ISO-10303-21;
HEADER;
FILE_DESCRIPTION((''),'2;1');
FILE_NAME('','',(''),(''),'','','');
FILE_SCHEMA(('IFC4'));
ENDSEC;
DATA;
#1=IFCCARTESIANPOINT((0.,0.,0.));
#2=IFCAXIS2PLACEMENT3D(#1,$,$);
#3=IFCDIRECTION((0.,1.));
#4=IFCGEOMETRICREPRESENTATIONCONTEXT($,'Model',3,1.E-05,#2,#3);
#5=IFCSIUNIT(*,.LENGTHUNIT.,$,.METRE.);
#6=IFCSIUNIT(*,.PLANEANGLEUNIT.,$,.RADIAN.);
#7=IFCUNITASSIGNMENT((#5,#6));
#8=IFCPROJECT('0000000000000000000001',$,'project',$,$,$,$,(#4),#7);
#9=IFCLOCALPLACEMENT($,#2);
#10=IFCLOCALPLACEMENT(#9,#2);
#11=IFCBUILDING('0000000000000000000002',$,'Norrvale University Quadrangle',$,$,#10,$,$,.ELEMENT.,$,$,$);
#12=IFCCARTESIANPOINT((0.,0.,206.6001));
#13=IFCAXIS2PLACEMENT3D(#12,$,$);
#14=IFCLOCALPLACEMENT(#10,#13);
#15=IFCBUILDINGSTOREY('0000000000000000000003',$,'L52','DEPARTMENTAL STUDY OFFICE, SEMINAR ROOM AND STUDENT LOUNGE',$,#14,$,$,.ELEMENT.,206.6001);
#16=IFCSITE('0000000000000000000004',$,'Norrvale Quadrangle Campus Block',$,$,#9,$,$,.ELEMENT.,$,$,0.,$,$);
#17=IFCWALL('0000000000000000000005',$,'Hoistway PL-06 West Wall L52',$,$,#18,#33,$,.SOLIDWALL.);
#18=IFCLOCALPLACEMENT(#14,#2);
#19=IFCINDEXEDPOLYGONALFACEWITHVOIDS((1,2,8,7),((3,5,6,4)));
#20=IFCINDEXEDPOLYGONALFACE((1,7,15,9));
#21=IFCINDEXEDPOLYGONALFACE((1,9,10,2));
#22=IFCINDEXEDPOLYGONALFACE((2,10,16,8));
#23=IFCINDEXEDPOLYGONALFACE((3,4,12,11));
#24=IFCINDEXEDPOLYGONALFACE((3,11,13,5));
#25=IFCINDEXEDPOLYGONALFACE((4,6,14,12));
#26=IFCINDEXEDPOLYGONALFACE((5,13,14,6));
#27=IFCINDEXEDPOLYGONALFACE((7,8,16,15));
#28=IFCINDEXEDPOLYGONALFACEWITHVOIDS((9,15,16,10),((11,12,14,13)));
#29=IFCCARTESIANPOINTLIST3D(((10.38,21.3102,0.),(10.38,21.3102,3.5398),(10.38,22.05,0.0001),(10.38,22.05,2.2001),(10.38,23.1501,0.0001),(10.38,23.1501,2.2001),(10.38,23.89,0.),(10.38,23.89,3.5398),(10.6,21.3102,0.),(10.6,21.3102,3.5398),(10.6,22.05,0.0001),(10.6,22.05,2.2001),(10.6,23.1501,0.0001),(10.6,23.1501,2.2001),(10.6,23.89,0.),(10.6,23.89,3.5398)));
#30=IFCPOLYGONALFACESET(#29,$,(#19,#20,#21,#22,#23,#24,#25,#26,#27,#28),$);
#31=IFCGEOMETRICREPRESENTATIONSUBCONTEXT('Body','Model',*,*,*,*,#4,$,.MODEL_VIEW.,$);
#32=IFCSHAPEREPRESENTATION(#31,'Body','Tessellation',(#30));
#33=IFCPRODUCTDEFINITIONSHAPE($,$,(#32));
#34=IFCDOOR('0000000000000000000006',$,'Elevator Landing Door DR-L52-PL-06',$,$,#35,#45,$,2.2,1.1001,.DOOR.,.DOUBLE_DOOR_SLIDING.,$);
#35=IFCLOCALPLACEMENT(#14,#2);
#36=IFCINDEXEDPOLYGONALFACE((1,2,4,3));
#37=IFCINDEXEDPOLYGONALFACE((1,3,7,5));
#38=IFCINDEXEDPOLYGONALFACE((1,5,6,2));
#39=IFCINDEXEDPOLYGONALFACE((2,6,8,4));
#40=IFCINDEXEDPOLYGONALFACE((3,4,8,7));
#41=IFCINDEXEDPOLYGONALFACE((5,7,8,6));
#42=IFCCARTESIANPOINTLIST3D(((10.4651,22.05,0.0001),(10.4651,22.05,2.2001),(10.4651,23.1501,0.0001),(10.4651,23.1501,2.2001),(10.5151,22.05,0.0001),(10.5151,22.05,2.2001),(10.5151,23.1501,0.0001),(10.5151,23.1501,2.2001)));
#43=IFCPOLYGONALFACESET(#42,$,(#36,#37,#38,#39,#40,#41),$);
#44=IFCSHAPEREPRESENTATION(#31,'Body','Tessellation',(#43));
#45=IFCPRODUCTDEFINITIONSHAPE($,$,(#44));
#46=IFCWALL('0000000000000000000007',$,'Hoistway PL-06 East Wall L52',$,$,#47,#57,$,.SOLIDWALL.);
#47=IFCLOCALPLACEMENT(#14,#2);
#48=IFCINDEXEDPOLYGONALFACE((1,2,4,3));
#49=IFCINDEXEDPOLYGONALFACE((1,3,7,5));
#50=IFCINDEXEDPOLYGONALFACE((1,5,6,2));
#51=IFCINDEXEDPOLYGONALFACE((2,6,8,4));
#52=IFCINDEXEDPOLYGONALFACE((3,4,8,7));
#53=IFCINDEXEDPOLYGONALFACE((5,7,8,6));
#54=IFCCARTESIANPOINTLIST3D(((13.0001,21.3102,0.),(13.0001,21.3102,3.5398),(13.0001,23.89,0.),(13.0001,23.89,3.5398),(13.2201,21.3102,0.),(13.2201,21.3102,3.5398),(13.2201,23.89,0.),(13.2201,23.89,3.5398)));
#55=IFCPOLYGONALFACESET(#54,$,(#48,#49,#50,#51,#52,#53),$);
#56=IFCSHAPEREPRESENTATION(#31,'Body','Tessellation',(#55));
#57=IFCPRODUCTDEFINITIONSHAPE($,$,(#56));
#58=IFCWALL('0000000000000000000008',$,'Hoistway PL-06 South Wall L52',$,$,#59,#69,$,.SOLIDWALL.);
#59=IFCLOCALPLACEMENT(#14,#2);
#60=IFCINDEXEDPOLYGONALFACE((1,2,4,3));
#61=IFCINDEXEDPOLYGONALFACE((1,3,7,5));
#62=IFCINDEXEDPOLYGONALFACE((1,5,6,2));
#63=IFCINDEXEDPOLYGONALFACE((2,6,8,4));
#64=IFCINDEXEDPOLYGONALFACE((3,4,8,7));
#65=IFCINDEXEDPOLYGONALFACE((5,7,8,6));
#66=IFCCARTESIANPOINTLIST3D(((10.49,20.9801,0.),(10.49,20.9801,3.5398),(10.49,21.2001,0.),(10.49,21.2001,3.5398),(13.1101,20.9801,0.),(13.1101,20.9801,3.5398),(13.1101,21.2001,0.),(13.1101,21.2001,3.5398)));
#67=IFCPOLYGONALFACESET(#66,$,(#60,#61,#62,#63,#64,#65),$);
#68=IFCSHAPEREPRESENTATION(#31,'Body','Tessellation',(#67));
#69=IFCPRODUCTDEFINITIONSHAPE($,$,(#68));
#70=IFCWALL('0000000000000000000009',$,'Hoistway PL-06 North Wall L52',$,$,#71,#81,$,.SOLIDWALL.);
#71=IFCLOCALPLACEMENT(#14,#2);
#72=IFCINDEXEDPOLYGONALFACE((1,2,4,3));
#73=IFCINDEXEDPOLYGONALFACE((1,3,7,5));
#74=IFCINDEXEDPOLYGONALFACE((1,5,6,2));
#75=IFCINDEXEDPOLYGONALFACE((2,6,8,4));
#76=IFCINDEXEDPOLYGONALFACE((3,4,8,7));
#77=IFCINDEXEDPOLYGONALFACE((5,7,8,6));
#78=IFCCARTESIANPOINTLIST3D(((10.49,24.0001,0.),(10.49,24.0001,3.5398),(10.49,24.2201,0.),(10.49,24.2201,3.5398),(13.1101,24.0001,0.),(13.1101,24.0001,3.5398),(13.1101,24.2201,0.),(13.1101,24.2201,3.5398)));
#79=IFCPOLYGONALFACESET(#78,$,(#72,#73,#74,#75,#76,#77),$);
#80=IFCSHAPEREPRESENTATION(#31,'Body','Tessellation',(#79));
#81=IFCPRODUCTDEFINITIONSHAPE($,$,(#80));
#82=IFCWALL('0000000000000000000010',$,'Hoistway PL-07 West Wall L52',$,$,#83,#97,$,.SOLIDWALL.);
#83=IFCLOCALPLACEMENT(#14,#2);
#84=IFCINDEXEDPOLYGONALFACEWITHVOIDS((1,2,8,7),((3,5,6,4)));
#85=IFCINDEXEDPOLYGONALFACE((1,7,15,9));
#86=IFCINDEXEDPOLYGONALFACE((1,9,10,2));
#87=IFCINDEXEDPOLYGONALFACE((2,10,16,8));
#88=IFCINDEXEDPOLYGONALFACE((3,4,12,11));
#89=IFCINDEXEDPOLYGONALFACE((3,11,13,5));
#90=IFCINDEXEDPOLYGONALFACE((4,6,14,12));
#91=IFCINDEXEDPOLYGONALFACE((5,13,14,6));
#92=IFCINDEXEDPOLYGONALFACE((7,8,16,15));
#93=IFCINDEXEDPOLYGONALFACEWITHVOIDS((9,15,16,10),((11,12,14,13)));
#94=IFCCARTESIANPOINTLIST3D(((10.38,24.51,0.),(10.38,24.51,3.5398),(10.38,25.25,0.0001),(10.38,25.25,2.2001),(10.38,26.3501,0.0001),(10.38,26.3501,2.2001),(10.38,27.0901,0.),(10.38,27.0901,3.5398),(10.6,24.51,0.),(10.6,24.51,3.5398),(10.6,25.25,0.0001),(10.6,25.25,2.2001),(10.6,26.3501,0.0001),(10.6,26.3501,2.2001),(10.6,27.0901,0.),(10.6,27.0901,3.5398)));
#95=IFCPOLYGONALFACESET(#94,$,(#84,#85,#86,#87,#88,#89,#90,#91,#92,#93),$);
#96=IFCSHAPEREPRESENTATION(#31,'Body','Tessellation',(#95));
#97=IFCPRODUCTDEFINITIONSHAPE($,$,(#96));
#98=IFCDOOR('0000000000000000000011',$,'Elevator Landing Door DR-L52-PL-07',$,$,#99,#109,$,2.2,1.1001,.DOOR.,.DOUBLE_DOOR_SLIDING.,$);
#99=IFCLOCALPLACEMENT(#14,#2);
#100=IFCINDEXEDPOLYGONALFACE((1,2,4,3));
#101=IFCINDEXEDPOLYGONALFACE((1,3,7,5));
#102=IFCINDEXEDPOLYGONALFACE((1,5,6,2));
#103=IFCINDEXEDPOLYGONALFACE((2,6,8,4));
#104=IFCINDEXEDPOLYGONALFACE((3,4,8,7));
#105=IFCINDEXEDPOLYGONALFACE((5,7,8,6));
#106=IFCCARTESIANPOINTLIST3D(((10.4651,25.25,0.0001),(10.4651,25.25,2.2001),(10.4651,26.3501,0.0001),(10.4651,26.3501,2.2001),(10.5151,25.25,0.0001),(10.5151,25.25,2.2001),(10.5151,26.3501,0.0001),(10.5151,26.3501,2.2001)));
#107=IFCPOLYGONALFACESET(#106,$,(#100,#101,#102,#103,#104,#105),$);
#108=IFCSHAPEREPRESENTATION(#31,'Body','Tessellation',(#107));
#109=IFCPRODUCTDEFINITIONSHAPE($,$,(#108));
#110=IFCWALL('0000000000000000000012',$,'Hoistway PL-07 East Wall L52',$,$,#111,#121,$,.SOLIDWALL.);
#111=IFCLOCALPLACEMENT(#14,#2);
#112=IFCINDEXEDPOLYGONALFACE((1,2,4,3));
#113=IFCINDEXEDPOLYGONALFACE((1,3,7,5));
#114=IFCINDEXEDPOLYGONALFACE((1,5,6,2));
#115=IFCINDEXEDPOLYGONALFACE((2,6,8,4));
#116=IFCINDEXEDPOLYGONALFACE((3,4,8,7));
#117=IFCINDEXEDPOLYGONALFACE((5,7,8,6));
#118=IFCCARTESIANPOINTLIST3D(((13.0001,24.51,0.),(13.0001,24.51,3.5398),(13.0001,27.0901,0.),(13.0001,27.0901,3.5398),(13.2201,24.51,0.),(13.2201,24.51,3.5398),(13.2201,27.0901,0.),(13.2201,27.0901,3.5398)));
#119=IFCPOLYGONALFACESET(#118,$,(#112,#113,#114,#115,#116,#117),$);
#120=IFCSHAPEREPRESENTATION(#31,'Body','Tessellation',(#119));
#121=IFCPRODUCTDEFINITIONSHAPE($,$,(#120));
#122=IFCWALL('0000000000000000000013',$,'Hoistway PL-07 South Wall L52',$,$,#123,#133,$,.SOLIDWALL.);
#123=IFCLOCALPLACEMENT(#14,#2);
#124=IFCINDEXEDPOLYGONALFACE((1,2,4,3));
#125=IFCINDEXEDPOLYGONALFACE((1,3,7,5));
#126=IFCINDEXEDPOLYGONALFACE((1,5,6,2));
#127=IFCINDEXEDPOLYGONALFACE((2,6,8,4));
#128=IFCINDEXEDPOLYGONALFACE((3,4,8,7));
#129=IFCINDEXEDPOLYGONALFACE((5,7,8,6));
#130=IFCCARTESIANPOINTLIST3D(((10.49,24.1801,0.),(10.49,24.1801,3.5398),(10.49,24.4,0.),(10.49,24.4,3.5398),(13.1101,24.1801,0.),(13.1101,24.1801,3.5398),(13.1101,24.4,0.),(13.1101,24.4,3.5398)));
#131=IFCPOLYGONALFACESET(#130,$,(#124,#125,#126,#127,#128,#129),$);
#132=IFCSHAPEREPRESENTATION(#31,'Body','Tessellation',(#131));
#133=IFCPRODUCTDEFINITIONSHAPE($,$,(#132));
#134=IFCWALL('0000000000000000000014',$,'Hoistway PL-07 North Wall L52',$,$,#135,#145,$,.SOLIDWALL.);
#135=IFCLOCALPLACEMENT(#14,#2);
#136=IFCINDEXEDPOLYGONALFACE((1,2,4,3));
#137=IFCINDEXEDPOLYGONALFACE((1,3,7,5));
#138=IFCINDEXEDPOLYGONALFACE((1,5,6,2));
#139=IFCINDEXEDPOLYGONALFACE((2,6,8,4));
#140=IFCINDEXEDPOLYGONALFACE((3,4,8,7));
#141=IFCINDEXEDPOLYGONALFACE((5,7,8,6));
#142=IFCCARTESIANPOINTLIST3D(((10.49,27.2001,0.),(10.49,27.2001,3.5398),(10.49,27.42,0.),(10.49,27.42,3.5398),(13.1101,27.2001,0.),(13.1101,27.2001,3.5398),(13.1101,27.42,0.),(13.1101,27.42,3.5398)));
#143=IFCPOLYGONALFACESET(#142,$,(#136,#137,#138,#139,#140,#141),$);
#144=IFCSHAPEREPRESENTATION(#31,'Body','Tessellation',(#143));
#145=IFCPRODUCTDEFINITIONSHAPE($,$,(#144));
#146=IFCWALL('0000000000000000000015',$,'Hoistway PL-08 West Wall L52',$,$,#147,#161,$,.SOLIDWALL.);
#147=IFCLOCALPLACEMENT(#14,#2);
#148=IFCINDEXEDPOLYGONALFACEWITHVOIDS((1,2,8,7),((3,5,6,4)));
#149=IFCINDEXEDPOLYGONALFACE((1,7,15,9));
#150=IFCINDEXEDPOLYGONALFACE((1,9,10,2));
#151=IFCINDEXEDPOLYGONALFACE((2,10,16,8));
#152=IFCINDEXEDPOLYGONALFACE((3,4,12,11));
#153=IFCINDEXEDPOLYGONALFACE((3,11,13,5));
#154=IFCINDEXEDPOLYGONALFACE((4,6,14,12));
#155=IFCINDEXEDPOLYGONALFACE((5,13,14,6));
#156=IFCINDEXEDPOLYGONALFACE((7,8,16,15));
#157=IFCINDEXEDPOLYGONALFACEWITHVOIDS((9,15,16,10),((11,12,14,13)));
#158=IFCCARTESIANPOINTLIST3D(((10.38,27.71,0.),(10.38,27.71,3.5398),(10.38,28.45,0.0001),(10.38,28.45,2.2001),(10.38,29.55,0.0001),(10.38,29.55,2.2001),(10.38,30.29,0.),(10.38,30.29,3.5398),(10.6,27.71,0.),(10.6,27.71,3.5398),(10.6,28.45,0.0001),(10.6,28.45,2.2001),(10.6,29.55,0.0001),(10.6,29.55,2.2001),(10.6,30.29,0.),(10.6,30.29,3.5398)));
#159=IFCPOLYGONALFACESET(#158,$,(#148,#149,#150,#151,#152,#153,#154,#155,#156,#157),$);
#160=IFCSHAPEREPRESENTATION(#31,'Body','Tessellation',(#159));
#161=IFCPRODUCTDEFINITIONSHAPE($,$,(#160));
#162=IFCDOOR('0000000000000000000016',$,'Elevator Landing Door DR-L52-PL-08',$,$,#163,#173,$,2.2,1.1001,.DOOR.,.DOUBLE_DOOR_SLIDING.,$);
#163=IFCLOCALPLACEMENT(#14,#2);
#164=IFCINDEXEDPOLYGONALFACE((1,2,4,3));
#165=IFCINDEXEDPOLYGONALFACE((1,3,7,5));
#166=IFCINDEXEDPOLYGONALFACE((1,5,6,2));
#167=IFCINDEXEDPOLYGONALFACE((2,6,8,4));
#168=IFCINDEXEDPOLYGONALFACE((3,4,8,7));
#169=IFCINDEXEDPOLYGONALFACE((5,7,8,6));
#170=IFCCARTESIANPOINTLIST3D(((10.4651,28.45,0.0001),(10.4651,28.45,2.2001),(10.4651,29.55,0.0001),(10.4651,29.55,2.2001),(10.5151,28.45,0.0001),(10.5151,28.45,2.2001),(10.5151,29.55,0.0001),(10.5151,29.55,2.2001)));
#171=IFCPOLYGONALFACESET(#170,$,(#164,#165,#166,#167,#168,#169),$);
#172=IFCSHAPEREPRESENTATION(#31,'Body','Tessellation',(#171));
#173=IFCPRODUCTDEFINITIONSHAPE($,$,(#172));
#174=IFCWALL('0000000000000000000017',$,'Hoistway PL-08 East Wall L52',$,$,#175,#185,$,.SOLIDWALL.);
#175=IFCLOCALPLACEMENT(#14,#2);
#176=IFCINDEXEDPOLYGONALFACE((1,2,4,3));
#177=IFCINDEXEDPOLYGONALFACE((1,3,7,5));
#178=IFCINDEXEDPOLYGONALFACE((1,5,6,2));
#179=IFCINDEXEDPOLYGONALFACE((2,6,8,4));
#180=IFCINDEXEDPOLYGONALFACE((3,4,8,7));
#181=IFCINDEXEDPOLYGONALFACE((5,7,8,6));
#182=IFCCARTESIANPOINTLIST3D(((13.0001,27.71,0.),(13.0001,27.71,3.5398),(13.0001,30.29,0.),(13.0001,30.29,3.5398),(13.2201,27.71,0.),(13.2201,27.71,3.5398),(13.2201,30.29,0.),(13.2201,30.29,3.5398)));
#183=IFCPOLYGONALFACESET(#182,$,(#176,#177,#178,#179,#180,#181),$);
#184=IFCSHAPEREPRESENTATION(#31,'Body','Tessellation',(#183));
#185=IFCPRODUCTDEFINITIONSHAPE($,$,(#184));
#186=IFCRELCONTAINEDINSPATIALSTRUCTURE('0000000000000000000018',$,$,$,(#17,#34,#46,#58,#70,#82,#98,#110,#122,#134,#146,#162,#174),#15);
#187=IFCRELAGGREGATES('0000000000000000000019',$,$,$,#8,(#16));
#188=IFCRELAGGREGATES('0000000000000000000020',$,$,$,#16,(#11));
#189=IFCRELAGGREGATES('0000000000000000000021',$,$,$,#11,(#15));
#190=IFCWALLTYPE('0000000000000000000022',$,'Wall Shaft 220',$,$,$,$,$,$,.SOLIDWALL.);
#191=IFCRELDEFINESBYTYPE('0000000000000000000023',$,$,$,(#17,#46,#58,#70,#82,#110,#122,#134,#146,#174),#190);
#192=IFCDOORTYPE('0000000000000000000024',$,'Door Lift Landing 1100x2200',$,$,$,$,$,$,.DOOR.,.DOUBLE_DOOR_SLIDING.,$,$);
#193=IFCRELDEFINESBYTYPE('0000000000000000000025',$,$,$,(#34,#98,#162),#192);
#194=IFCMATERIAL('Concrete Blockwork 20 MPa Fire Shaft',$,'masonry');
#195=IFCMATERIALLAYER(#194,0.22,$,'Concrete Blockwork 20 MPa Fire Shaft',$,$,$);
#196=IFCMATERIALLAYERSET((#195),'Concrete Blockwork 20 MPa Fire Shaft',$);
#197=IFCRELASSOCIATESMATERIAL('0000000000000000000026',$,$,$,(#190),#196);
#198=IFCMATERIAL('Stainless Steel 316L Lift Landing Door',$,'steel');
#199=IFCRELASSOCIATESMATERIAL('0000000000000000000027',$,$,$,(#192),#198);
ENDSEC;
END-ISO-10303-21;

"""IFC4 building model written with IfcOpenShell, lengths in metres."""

from ifc_helpers import new_model, si_unit, direction, frame, frame_2d, origin, place, context, subcontext, project, spatial, rectangle, extrude, material, layer, layer_set, type_object, element, fill, save


model = new_model("IFC4")

# Units and contexts
model_context = context("Model", 3, precision=1e-05, world=origin(), true_north=direction((0.0, 1.0)))
body_context = subcontext(model_context, "Body", "Model", "MODEL_VIEW")
ifc_project = project(units=[si_unit("LENGTHUNIT", "METRE"), si_unit("PLANEANGLEUNIT", "RADIAN")], contexts=[model_context])

# Site, building, storey
site_placement = place(None, origin())
site = spatial("IfcSite", under=ifc_project, at=site_placement, Name="Norrvale Quadrangle Campus Block", CompositionType="ELEMENT", RefElevation=0.0)
building_placement = place(site_placement, origin())
building = spatial("IfcBuilding", under=site, at=building_placement, Name="Norrvale University Quadrangle", CompositionType="ELEMENT")
storey_placement = place(building_placement, frame((0.0, 0.0, 206.6001)))
storey = spatial("IfcBuildingStorey", under=building, at=storey_placement, Name="L52", Description="DEPARTMENTAL STUDY OFFICE, SEMINAR ROOM AND STUDENT LOUNGE", CompositionType="ELEMENT", Elevation=206.6001)

# Shared definitions
ifc_material_1 = material(Name="Concrete Blockwork 20 MPa Fire Shaft", Category="masonry")
ifc_layer_1 = layer(ifc_material_1, 0.22, Name="Concrete Blockwork 20 MPa Fire Shaft")
ifc_layer_set_1 = layer_set([ifc_layer_1], Name="Concrete Blockwork 20 MPa Fire Shaft")
wall_type_1 = type_object("IfcWallType", Name="Wall Shaft 220", PredefinedType="SOLIDWALL", material=ifc_layer_set_1)

# Wall, opening, door
wall_1_placement = place(storey_placement, frame((10.49, 21.3101, 0.0), z_axis=(0.0, 0.0, 1.0), x_axis=(0.0, 1.0, 0.0)))
wall_1 = element("IfcWall", 1, at=wall_1_placement, inside=storey, type_object=wall_type_1, Name="Hoistway PL-06 West Wall L52", PredefinedType="SOLIDWALL", context=body_context, shape_type="SweptSolid", body=[
    extrude(rectangle(XDim=2.5798, YDim=0.22, at=frame_2d((1.29, 0.0))), origin(), (0.0, 0.0, 1.0), 3.5398),
])
opening_1_placement = place(wall_1_placement, frame((0.74, 0.0, 0.0)))
opening_1 = element("IfcOpeningElement", 2, at=opening_1_placement, cuts=wall_1, PredefinedType="OPENING", context=body_context, shape_type="SweptSolid", body=[
    extrude(rectangle(XDim=1.1001, YDim=2.2, at=frame_2d((0.55, 1.1001))), frame((0.0, 0.1221, 0.0), z_axis=(0.0, -1.0, 0.0), x_axis=(1.0, 0.0, 0.0)), (0.0, 0.0, 1.0), 0.2439),
])
ifc_material_2 = material(Name="Stainless Steel 316L Lift Landing Door", Category="steel")
door_type_1 = type_object("IfcDoorType", Name="Door Lift Landing 1100x2200", OperationType="DOUBLE_DOOR_SLIDING", PredefinedType="DOOR", material=ifc_material_2)
door_1_placement = place(opening_1_placement, origin())
door_1 = element("IfcDoor", 3, at=door_1_placement, inside=storey, type_object=door_type_1, Name="Elevator Landing Door DR-L52-PL-06", OperationType="DOUBLE_DOOR_SLIDING", OverallHeight=2.2, OverallWidth=1.1001, PredefinedType="DOOR", context=body_context, shape_type="SweptSolid", body=[
    extrude(rectangle(XDim=1.1001, YDim=2.2, at=frame_2d((0.55, 1.1001))), frame((0.0, 0.0249, 0.0), z_axis=(0.0, -1.0, 0.0), x_axis=(1.0, 0.0, 0.0)), (0.0, 0.0, 1.0), 0.05),
])
fill(opening_1, door_1)

# Walls
wall_2_placement = place(storey_placement, frame((13.1101, 21.3101, 0.0), z_axis=(0.0, 0.0, 1.0), x_axis=(0.0, 1.0, 0.0)))
element("IfcWall", 4, at=wall_2_placement, inside=storey, type_object=wall_type_1, Name="Hoistway PL-06 East Wall L52", PredefinedType="SOLIDWALL", context=body_context, shape_type="SweptSolid", body=[
    extrude(rectangle(XDim=2.5798, YDim=0.22, at=frame_2d((1.29, 0.0))), origin(), (0.0, 0.0, 1.0), 3.5398),
])
for number, where, z_axis, x_axis, name in (
    (5, (10.49, 21.0901, 0.0), (0.0, 0.0, 1.0), (1.0, 0.0, 0.0), "Hoistway PL-06 South Wall L52"),
    (6, (10.49, 24.1101, 0.0), (0.0, 0.0, 1.0), (1.0, 0.0, 0.0), "Hoistway PL-06 North Wall L52"),
):
    element("IfcWall", number, at=place(storey_placement, frame(where, z_axis=z_axis, x_axis=x_axis)), inside=storey, type_object=wall_type_1, Name=name, PredefinedType="SOLIDWALL", context=body_context, shape_type="SweptSolid", body=[
        extrude(rectangle(XDim=2.6201, YDim=0.22, at=frame_2d((1.3101, 0.0))), origin(), (0.0, 0.0, 1.0), 3.5398),
    ])

# Wall, opening, door
wall_3_placement = place(storey_placement, frame((10.49, 24.51, 0.0), z_axis=(0.0, 0.0, 1.0), x_axis=(0.0, 1.0, 0.0)))
wall_3 = element("IfcWall", 7, at=wall_3_placement, inside=storey, type_object=wall_type_1, Name="Hoistway PL-07 West Wall L52", PredefinedType="SOLIDWALL", context=body_context, shape_type="SweptSolid", body=[
    extrude(rectangle(XDim=2.5801, YDim=0.22, at=frame_2d((1.29, 0.0))), origin(), (0.0, 0.0, 1.0), 3.5398),
])
opening_2_placement = place(wall_3_placement, frame((0.74, 0.0, 0.0)))
opening_2 = element("IfcOpeningElement", 8, at=opening_2_placement, cuts=wall_3, PredefinedType="OPENING", context=body_context, shape_type="SweptSolid", body=[
    extrude(rectangle(XDim=1.1001, YDim=2.2, at=frame_2d((0.55, 1.1001))), frame((0.0, 0.1221, 0.0), z_axis=(0.0, -1.0, 0.0), x_axis=(1.0, 0.0, 0.0)), (0.0, 0.0, 1.0), 0.2439),
])
door_2_placement = place(opening_2_placement, origin())
door_2 = element("IfcDoor", 9, at=door_2_placement, inside=storey, type_object=door_type_1, Name="Elevator Landing Door DR-L52-PL-07", OperationType="DOUBLE_DOOR_SLIDING", OverallHeight=2.2, OverallWidth=1.1001, PredefinedType="DOOR", context=body_context, shape_type="SweptSolid", body=[
    extrude(rectangle(XDim=1.1001, YDim=2.2, at=frame_2d((0.55, 1.1001))), frame((0.0, 0.0249, 0.0), z_axis=(0.0, -1.0, 0.0), x_axis=(1.0, 0.0, 0.0)), (0.0, 0.0, 1.0), 0.05),
])
fill(opening_2, door_2)

# Walls
wall_4_placement = place(storey_placement, frame((13.1101, 24.51, 0.0), z_axis=(0.0, 0.0, 1.0), x_axis=(0.0, 1.0, 0.0)))
element("IfcWall", 10, at=wall_4_placement, inside=storey, type_object=wall_type_1, Name="Hoistway PL-07 East Wall L52", PredefinedType="SOLIDWALL", context=body_context, shape_type="SweptSolid", body=[
    extrude(rectangle(XDim=2.5801, YDim=0.22, at=frame_2d((1.29, 0.0))), origin(), (0.0, 0.0, 1.0), 3.5398),
])
for number, where, z_axis, x_axis, name in (
    (11, (10.49, 24.29, 0.0), (0.0, 0.0, 1.0), (1.0, 0.0, 0.0), "Hoistway PL-07 South Wall L52"),
    (12, (10.49, 27.3101, 0.0), (0.0, 0.0, 1.0), (1.0, 0.0, 0.0), "Hoistway PL-07 North Wall L52"),
):
    element("IfcWall", number, at=place(storey_placement, frame(where, z_axis=z_axis, x_axis=x_axis)), inside=storey, type_object=wall_type_1, Name=name, PredefinedType="SOLIDWALL", context=body_context, shape_type="SweptSolid", body=[
        extrude(rectangle(XDim=2.6201, YDim=0.22, at=frame_2d((1.3101, 0.0))), origin(), (0.0, 0.0, 1.0), 3.5398),
    ])

# Wall, opening, door
wall_5_placement = place(storey_placement, frame((10.49, 27.71, 0.0), z_axis=(0.0, 0.0, 1.0), x_axis=(0.0, 1.0, 0.0)))
wall_5 = element("IfcWall", 13, at=wall_5_placement, inside=storey, type_object=wall_type_1, Name="Hoistway PL-08 West Wall L52", PredefinedType="SOLIDWALL", context=body_context, shape_type="SweptSolid", body=[
    extrude(rectangle(XDim=2.5801, YDim=0.22, at=frame_2d((1.29, 0.0))), origin(), (0.0, 0.0, 1.0), 3.5398),
])
opening_3_placement = place(wall_5_placement, frame((0.74, 0.0, 0.0)))
opening_3 = element("IfcOpeningElement", 14, at=opening_3_placement, cuts=wall_5, PredefinedType="OPENING", context=body_context, shape_type="SweptSolid", body=[
    extrude(rectangle(XDim=1.1001, YDim=2.2, at=frame_2d((0.55, 1.1001))), frame((0.0, 0.1221, 0.0), z_axis=(0.0, -1.0, 0.0), x_axis=(1.0, 0.0, 0.0)), (0.0, 0.0, 1.0), 0.2439),
])
door_3_placement = place(opening_3_placement, origin())
door_3 = element("IfcDoor", 15, at=door_3_placement, inside=storey, type_object=door_type_1, Name="Elevator Landing Door DR-L52-PL-08", OperationType="DOUBLE_DOOR_SLIDING", OverallHeight=2.2, OverallWidth=1.1001, PredefinedType="DOOR", context=body_context, shape_type="SweptSolid", body=[
    extrude(rectangle(XDim=1.1001, YDim=2.2, at=frame_2d((0.55, 1.1001))), frame((0.0, 0.0249, 0.0), z_axis=(0.0, -1.0, 0.0), x_axis=(1.0, 0.0, 0.0)), (0.0, 0.0, 1.0), 0.05),
])
fill(opening_3, door_3)

# Wall
wall_6_placement = place(storey_placement, frame((13.1101, 27.71, 0.0), z_axis=(0.0, 0.0, 1.0), x_axis=(0.0, 1.0, 0.0)))
element("IfcWall", 16, at=wall_6_placement, inside=storey, type_object=wall_type_1, Name="Hoistway PL-08 East Wall L52", PredefinedType="SOLIDWALL", context=body_context, shape_type="SweptSolid", body=[
    extrude(rectangle(XDim=2.5801, YDim=0.22, at=frame_2d((1.29, 0.0))), origin(), (0.0, 0.0, 1.0), 3.5398),
])

save(model, "model.ifc")
